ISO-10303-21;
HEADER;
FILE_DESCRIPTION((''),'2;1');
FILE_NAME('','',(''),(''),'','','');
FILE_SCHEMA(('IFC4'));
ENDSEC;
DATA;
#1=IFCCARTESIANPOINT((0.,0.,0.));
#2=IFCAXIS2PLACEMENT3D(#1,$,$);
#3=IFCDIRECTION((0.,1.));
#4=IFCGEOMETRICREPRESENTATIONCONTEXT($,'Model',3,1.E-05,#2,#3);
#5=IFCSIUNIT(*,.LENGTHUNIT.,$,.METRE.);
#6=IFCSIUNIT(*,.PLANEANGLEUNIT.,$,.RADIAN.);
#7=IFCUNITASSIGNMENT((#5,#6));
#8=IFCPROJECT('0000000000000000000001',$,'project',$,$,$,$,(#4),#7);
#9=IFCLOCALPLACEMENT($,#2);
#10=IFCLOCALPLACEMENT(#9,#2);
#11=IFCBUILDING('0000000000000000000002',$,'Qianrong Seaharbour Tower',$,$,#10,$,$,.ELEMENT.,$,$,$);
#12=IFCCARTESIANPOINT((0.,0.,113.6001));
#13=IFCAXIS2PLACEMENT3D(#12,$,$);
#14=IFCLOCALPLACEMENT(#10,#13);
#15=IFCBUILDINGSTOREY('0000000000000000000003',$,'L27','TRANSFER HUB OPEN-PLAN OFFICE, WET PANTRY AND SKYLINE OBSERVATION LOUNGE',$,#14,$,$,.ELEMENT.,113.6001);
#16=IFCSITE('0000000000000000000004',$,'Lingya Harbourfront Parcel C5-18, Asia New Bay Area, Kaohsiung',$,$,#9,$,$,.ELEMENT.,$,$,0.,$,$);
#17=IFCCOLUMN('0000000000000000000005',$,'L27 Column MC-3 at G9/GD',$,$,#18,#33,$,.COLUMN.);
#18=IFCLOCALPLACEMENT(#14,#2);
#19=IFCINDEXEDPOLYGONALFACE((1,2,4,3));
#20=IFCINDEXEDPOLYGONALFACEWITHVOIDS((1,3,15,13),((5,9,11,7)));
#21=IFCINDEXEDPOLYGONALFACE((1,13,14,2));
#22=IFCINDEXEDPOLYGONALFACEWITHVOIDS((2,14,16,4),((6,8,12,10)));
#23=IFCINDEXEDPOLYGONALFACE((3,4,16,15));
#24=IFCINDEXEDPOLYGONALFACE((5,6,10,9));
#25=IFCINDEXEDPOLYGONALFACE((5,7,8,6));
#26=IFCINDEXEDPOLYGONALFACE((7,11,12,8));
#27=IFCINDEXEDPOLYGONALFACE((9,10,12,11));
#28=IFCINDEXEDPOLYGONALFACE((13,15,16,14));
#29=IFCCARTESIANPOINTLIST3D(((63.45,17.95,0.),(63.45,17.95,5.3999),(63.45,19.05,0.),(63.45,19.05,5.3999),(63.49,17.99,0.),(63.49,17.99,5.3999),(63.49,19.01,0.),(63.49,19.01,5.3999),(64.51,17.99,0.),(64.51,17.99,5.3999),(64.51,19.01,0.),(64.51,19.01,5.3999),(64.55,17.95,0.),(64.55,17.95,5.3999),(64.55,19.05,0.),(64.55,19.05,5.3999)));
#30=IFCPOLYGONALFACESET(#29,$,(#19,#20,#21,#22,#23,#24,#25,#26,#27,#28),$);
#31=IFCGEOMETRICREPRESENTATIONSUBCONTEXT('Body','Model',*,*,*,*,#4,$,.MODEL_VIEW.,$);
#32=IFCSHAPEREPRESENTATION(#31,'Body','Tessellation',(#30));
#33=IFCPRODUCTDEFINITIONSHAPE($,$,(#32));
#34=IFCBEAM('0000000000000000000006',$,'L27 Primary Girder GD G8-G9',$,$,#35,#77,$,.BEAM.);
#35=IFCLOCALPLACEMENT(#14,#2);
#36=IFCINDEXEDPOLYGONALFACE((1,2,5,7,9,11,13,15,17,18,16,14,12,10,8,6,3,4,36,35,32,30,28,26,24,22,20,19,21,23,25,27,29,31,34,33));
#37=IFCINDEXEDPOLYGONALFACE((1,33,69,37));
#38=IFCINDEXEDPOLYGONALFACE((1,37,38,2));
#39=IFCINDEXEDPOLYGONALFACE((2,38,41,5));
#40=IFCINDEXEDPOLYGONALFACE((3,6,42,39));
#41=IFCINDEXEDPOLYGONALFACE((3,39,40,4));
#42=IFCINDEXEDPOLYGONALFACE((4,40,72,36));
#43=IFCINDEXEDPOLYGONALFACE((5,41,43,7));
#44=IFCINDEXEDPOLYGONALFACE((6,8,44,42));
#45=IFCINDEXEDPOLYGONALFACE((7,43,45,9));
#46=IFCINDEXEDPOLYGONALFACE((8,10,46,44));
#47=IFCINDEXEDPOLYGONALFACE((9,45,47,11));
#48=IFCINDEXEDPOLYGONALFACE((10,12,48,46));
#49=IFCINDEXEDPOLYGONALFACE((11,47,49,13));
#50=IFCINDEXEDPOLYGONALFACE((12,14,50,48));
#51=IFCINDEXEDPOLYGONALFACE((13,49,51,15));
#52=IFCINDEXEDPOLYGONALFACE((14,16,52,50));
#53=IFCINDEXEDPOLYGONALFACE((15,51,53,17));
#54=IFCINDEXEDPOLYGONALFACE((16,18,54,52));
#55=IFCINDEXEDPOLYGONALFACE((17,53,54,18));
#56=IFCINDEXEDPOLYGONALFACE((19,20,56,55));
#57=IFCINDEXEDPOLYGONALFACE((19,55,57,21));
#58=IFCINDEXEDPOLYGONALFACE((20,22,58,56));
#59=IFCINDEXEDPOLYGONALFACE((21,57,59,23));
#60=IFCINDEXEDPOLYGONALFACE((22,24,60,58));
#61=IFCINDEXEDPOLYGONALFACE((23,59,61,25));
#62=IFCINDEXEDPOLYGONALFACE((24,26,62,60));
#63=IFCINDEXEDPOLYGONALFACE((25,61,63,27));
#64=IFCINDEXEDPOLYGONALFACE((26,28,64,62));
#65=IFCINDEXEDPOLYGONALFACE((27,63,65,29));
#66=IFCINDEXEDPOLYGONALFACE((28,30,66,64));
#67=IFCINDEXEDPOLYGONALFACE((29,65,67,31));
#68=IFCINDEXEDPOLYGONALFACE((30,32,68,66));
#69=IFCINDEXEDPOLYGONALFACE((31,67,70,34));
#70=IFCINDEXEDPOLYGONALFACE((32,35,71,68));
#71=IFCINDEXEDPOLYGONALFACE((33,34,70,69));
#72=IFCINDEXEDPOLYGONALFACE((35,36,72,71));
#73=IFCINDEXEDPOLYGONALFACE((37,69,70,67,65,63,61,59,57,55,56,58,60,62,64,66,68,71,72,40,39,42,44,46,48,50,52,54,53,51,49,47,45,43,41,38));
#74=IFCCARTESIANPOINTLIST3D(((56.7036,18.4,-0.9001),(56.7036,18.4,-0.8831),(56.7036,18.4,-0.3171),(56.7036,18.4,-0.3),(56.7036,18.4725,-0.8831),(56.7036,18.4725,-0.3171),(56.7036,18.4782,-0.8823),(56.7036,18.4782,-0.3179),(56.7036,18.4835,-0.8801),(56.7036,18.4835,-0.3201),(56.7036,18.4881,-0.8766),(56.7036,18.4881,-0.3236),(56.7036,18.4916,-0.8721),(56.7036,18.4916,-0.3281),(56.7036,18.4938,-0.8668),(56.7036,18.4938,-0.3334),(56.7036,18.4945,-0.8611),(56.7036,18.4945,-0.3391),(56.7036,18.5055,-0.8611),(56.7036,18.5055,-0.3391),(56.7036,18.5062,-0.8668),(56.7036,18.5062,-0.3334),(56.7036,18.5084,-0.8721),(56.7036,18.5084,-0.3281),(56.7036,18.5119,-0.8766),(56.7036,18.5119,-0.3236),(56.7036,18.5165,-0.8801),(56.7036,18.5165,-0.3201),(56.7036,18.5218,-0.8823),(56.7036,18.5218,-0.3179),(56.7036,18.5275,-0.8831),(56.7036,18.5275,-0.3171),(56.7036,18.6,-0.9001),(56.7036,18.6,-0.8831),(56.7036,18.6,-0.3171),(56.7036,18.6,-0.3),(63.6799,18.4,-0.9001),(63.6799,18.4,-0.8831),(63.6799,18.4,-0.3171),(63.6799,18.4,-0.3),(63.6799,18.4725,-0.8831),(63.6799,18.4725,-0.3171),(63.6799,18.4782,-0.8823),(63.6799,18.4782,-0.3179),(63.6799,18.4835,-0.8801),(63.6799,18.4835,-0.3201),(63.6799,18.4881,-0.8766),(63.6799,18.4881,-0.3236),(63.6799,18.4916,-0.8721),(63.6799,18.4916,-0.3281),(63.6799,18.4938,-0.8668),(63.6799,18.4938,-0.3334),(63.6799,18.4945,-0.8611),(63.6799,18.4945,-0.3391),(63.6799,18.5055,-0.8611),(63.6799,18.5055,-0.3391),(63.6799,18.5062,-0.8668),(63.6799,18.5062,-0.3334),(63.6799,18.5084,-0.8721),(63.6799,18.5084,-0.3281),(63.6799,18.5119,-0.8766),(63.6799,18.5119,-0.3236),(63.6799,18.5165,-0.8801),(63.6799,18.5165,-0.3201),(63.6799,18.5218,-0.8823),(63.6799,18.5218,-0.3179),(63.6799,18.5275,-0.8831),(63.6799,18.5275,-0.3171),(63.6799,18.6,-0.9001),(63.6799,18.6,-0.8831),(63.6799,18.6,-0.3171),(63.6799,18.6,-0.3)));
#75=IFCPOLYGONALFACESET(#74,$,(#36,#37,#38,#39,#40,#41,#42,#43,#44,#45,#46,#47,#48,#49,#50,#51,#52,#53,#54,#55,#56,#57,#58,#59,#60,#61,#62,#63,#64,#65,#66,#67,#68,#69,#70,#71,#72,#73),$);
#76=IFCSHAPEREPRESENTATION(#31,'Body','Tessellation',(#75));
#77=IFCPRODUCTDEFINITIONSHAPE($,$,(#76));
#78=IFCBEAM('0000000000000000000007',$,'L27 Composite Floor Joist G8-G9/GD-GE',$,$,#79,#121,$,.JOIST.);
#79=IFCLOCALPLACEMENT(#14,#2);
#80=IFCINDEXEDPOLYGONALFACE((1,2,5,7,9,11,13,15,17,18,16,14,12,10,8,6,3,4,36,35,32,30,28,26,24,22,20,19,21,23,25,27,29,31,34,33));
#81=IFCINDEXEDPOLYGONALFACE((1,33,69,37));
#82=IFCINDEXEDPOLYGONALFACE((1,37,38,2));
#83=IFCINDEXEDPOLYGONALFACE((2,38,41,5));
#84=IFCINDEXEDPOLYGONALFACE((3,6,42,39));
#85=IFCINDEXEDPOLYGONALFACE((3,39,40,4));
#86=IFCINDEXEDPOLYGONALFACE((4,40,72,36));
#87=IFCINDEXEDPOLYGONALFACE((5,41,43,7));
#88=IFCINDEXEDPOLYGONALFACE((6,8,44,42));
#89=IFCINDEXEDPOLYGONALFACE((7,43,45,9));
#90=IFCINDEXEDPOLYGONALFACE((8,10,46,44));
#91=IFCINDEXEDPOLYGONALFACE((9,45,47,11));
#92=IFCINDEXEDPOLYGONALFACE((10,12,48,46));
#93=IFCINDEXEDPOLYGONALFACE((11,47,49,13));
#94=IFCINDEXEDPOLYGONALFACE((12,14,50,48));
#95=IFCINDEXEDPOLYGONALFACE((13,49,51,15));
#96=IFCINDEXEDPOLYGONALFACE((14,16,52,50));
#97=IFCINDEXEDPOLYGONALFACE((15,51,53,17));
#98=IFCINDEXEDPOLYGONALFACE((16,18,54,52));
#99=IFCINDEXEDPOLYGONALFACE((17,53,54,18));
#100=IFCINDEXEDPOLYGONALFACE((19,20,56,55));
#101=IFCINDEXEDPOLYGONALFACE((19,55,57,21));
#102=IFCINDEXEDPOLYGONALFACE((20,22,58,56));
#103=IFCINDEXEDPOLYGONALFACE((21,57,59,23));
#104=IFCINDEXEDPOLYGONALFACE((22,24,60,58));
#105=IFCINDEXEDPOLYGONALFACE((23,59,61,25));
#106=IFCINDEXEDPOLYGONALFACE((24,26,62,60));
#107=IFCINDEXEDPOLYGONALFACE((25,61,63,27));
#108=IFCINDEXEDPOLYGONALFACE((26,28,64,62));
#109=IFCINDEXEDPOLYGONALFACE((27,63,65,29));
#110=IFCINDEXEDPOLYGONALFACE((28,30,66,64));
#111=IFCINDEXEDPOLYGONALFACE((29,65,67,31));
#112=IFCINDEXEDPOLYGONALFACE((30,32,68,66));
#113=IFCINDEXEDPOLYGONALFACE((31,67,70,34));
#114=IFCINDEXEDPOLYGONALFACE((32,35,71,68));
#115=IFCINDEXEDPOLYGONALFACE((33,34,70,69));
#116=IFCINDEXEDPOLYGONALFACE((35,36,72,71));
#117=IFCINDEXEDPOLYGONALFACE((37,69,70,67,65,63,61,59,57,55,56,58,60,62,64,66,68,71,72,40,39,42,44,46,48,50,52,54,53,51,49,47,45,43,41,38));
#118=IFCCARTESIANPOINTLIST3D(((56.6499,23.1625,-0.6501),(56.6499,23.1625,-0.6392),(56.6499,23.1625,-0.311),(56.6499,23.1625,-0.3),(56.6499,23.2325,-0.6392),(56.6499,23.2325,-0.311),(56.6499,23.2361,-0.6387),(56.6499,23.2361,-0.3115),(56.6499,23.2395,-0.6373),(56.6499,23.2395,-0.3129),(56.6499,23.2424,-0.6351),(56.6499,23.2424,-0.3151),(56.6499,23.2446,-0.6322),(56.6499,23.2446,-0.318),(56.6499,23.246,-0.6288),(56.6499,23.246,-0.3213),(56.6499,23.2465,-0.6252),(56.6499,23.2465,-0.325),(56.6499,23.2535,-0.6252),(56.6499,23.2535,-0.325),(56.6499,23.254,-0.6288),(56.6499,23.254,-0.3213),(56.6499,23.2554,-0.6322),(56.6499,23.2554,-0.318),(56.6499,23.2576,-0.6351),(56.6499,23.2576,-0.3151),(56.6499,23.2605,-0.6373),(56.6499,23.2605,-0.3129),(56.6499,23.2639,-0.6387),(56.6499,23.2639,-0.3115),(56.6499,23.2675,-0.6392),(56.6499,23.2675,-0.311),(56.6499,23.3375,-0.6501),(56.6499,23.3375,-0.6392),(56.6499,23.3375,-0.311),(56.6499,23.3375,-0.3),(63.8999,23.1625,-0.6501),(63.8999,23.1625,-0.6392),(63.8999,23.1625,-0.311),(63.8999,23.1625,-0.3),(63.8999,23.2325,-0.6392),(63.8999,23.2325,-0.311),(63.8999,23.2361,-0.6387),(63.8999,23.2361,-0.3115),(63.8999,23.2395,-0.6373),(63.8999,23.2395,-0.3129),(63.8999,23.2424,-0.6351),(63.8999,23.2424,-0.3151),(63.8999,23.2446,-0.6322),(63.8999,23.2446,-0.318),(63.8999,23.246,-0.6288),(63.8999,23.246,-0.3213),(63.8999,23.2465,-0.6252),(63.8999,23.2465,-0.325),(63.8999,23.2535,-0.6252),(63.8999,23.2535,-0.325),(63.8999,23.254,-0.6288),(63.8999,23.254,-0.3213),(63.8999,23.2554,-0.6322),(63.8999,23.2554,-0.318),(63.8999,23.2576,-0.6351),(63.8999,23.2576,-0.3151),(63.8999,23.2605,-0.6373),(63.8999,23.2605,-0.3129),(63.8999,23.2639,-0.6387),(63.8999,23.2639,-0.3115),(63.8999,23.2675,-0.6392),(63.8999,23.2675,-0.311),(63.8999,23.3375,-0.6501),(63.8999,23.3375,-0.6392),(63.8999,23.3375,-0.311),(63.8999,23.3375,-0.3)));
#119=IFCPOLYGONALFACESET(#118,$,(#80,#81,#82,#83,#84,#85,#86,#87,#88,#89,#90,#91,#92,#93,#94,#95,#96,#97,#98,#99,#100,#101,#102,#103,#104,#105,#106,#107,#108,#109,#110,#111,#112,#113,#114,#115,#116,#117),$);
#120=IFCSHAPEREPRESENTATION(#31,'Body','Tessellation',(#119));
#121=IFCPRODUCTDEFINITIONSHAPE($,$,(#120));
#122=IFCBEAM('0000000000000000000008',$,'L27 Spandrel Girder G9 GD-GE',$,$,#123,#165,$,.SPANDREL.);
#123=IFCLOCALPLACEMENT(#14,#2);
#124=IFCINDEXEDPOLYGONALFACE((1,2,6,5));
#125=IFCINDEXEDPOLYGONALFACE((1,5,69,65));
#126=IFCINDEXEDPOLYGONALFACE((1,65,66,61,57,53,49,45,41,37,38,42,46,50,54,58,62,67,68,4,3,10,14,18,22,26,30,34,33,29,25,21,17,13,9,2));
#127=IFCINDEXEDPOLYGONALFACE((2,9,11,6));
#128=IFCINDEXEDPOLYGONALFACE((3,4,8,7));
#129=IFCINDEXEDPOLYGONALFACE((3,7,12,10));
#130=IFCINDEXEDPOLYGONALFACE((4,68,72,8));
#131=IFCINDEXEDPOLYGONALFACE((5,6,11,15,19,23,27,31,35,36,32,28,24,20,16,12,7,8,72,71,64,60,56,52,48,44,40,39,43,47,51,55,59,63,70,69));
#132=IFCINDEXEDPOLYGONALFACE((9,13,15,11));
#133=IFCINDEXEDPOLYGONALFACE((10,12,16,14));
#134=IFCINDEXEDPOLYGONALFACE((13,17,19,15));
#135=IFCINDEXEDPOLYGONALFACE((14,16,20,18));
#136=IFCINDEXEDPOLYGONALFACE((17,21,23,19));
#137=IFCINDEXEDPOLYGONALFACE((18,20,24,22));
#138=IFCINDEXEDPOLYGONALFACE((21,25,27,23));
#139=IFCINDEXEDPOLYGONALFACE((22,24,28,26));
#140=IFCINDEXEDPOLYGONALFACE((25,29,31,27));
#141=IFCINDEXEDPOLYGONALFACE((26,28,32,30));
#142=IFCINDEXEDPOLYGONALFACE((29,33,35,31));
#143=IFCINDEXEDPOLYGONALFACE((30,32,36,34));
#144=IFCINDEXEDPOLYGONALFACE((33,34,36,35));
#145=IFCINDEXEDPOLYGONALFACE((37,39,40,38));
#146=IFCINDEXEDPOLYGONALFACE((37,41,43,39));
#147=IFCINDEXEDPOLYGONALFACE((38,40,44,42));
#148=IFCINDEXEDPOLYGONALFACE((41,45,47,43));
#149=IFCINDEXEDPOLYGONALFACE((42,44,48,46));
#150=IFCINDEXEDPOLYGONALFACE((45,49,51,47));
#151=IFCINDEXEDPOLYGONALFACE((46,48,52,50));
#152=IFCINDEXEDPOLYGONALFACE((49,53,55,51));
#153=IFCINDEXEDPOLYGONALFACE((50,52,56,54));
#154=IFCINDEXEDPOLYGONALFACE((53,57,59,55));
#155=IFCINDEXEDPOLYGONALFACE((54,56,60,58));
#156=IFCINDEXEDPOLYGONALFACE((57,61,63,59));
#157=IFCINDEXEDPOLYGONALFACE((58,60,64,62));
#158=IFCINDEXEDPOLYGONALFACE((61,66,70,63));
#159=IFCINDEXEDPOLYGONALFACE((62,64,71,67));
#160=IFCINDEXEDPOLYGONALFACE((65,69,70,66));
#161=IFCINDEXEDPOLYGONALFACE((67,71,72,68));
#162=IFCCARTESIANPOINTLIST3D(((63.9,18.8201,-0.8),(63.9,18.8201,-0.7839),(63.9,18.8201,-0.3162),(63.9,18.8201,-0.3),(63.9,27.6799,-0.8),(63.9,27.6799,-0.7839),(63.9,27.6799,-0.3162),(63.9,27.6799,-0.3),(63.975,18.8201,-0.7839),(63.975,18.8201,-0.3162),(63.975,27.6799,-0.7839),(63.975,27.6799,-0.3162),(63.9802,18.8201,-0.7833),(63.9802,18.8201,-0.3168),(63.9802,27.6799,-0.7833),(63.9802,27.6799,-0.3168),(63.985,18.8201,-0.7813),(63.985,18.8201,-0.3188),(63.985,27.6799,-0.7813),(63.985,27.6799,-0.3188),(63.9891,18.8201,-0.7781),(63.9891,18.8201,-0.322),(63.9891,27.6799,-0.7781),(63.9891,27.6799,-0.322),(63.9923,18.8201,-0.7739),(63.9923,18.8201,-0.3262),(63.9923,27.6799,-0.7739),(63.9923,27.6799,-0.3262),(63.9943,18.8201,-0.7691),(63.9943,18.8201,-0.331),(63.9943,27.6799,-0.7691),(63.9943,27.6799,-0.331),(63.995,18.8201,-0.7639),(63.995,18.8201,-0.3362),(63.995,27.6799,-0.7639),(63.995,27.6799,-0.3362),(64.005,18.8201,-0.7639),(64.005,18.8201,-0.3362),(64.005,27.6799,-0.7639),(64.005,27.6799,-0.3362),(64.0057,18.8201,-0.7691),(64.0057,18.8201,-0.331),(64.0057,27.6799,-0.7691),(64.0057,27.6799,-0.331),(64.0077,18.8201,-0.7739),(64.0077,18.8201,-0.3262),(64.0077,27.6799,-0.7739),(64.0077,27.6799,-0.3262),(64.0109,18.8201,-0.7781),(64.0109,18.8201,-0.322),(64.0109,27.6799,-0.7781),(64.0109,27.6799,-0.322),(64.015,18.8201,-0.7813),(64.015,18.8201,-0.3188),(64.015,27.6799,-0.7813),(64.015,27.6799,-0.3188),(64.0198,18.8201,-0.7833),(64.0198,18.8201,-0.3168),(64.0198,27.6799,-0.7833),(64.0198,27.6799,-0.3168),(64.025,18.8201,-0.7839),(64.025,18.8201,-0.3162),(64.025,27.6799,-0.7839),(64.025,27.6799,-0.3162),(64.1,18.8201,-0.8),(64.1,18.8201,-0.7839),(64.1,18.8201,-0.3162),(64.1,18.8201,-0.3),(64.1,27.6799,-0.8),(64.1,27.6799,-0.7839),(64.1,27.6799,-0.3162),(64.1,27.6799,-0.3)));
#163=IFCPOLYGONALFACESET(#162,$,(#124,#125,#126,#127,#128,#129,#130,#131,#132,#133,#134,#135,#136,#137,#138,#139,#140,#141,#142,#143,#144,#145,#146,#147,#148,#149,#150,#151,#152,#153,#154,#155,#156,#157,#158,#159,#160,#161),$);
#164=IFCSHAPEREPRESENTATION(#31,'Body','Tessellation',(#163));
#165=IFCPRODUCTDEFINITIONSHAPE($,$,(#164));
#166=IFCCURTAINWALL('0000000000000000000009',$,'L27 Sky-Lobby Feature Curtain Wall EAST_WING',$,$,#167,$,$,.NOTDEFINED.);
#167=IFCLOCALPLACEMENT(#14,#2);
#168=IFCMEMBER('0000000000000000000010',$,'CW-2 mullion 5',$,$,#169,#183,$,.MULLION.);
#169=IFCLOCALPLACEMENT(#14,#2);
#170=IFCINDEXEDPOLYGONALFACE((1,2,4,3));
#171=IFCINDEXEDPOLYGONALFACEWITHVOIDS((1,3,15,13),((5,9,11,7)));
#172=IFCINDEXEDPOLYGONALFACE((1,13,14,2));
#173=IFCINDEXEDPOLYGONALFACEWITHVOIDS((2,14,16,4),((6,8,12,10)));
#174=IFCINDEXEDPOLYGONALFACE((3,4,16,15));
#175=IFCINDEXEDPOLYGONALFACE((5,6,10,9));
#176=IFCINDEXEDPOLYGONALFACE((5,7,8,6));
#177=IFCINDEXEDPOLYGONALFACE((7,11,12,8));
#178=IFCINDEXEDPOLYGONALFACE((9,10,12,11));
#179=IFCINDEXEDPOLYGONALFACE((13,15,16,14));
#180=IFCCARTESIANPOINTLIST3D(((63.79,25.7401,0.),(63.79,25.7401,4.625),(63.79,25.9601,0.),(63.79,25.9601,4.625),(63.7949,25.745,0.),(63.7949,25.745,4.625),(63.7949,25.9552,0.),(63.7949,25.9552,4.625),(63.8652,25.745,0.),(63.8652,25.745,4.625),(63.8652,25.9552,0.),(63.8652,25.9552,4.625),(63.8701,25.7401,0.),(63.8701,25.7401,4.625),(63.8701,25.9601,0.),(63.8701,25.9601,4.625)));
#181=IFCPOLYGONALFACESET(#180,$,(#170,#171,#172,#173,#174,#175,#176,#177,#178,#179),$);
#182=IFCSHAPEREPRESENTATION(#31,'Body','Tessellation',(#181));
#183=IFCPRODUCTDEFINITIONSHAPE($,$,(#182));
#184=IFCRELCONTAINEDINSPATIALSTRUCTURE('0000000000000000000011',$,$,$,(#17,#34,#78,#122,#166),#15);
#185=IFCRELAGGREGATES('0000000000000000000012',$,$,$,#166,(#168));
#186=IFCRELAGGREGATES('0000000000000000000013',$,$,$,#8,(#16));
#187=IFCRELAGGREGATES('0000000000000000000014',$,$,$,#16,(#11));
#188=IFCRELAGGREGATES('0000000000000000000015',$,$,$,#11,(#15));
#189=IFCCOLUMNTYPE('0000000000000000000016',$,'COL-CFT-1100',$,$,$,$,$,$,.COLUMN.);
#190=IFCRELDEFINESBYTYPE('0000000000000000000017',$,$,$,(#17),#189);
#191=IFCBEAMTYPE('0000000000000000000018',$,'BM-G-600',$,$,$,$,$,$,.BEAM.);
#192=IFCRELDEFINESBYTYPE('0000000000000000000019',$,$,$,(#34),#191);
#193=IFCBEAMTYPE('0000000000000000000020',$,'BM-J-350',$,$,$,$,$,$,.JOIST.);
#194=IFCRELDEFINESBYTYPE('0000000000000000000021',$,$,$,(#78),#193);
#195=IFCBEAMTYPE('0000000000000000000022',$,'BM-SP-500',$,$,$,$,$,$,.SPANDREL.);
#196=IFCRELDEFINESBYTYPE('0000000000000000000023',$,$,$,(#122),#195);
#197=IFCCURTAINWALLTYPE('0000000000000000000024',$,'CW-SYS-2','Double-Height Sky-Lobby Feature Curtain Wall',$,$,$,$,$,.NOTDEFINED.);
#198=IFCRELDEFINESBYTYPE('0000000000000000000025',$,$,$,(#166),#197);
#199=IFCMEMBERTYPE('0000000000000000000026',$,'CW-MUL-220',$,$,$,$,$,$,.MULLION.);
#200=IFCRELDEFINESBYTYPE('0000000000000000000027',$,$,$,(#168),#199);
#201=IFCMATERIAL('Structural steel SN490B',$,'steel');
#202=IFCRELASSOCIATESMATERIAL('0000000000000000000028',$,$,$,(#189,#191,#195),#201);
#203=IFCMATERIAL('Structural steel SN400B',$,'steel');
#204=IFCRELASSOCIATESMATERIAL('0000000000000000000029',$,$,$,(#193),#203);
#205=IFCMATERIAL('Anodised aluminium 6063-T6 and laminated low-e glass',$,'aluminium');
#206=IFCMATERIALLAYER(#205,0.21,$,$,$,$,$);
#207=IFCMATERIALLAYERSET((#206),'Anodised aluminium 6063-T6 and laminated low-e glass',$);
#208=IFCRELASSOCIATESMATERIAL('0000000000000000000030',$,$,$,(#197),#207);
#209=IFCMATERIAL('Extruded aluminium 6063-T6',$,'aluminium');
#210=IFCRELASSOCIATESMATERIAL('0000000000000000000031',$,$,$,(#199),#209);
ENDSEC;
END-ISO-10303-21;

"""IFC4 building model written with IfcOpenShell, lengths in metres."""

from ifc_helpers import new_model, si_unit, direction, frame, origin, origin_2d, place, context, subcontext, project, spatial, hollow_rectangle, i_section, extrude, material, layer, layer_set, material_profile, profile_set, type_object, element, aggregate, save


model = new_model("IFC4")

# Units and contexts
model_context = context("Model", 3, precision=1e-05, world=origin(), true_north=direction((0.0, 1.0)))
body_context = subcontext(model_context, "Body", "Model", "MODEL_VIEW")
ifc_project = project(units=[si_unit("LENGTHUNIT", "METRE"), si_unit("PLANEANGLEUNIT", "RADIAN")], contexts=[model_context])

# Site, building, storey
site_placement = place(None, origin())
site = spatial("IfcSite", under=ifc_project, at=site_placement, Name="Lingya Harbourfront Parcel C5-18, Asia New Bay Area, Kaohsiung", CompositionType="ELEMENT", RefElevation=0.0)
building_placement = place(site_placement, origin())
building = spatial("IfcBuilding", under=site, at=building_placement, Name="Qianrong Seaharbour Tower", CompositionType="ELEMENT")
storey_placement = place(building_placement, frame((0.0, 0.0, 113.6001)))
storey = spatial("IfcBuildingStorey", under=building, at=storey_placement, Name="L27", Description="TRANSFER HUB OPEN-PLAN OFFICE, WET PANTRY AND SKYLINE OBSERVATION LOUNGE", CompositionType="ELEMENT", Elevation=113.6001)

# Column
ifc_material_1 = material(Name="Structural steel SN490B", Category="steel")
ifc_material_profile_1 = material_profile(ifc_material_1, hollow_rectangle(XDim=1.1001, YDim=1.1001, WallThickness=0.04, at=origin_2d()), Name="BOX1100x1100x40")
ifc_profile_set_1 = profile_set([ifc_material_profile_1], Name="Structural steel SN490B")
column_type = type_object("IfcColumnType", Name="COL-CFT-1100", PredefinedType="COLUMN", material=ifc_profile_set_1)
column_placement = place(storey_placement, frame((64.0, 18.5, 0.0), z_axis=(0.0, 0.0, 1.0), x_axis=(1.0, 0.0, 0.0)))
element("IfcColumn", 1, at=column_placement, inside=storey, type_object=column_type, Name="L27 Column MC-3 at G9/GD", PredefinedType="COLUMN", context=body_context, shape_type="SweptSolid", body=[
    extrude(hollow_rectangle(XDim=1.1001, YDim=1.1001, WallThickness=0.04, at=origin_2d()), origin(), (0.0, 0.0, 1.0), 5.3999),
])

# Beams
ifc_material_profile_2 = material_profile(ifc_material_1, i_section(OverallWidth=0.2, OverallDepth=0.6001, WebThickness=0.011, FlangeThickness=0.0171, FilletRadius=0.022, at=origin_2d()), Name="H600x200x11x17")
ifc_profile_set_2 = profile_set([ifc_material_profile_2], Name="Structural steel SN490B")
beam_type_1 = type_object("IfcBeamType", Name="BM-G-600", PredefinedType="BEAM", material=ifc_profile_set_2)
beam_1_placement = place(storey_placement, frame((56.7036, 18.5, -0.6001), z_axis=(1.0, 0.0, 0.0), x_axis=(0.0, 1.0, 0.0)))
element("IfcBeam", 2, at=beam_1_placement, inside=storey, type_object=beam_type_1, Name="L27 Primary Girder GD G8-G9", PredefinedType="BEAM", context=body_context, shape_type="SweptSolid", body=[
    extrude(i_section(OverallWidth=0.2, OverallDepth=0.6001, WebThickness=0.011, FlangeThickness=0.0171, FilletRadius=0.022, at=origin_2d()), origin(), (0.0, 0.0, 1.0), 6.9763),
])
ifc_material_2 = material(Name="Structural steel SN400B", Category="steel")
ifc_material_profile_3 = material_profile(ifc_material_2, i_section(OverallWidth=0.175, OverallDepth=0.3501, WebThickness=0.0071, FlangeThickness=0.011, FilletRadius=0.0139, at=origin_2d()), Name="H350x175x7x11")
ifc_profile_set_3 = profile_set([ifc_material_profile_3], Name="Structural steel SN400B")
beam_type_2 = type_object("IfcBeamType", Name="BM-J-350", PredefinedType="JOIST", material=ifc_profile_set_3)
beam_2_placement = place(storey_placement, frame((56.6499, 23.25, -0.4751), z_axis=(1.0, 0.0, 0.0), x_axis=(0.0, 1.0, 0.0)))
element("IfcBeam", 3, at=beam_2_placement, inside=storey, type_object=beam_type_2, Name="L27 Composite Floor Joist G8-G9/GD-GE", PredefinedType="JOIST", context=body_context, shape_type="SweptSolid", body=[
    extrude(i_section(OverallWidth=0.175, OverallDepth=0.3501, WebThickness=0.0071, FlangeThickness=0.011, FilletRadius=0.0139, at=origin_2d()), origin(), (0.0, 0.0, 1.0), 7.25),
])
ifc_material_profile_4 = material_profile(ifc_material_1, i_section(OverallWidth=0.2, OverallDepth=0.5, WebThickness=0.01, FlangeThickness=0.0161, FilletRadius=0.02, at=origin_2d()), Name="H500x200x10x16")
ifc_profile_set_4 = profile_set([ifc_material_profile_4], Name="Structural steel SN490B")
beam_type_3 = type_object("IfcBeamType", Name="BM-SP-500", PredefinedType="SPANDREL", material=ifc_profile_set_4)
beam_3_placement = place(storey_placement, frame((64.0, 18.8201, -0.55), z_axis=(0.0, 1.0, 0.0), x_axis=(-1.0, 0.0, 0.0)))
element("IfcBeam", 4, at=beam_3_placement, inside=storey, type_object=beam_type_3, Name="L27 Spandrel Girder G9 GD-GE", PredefinedType="SPANDREL", context=body_context, shape_type="SweptSolid", body=[
    extrude(i_section(OverallWidth=0.2, OverallDepth=0.5, WebThickness=0.01, FlangeThickness=0.0161, FilletRadius=0.02, at=origin_2d()), origin(), (0.0, 0.0, 1.0), 8.8599),
])

# Curtain wall, member
ifc_material_3 = material(Name="Anodised aluminium 6063-T6 and laminated low-e glass", Category="aluminium")
ifc_layer_1 = layer(ifc_material_3, 0.21)
ifc_layer_set_1 = layer_set([ifc_layer_1], Name="Anodised aluminium 6063-T6 and laminated low-e glass")
curtain_wall_type = type_object("IfcCurtainWallType", Name="CW-SYS-2", Description="Double-Height Sky-Lobby Feature Curtain Wall", PredefinedType="NOTDEFINED", material=ifc_layer_set_1)
curtain_wall_placement = place(storey_placement, origin())
curtain_wall = element("IfcCurtainWall", 5, at=curtain_wall_placement, inside=storey, type_object=curtain_wall_type, Name="L27 Sky-Lobby Feature Curtain Wall EAST_WING", PredefinedType="NOTDEFINED")
ifc_material_4 = material(Name="Extruded aluminium 6063-T6", Category="aluminium")
ifc_material_profile_5 = material_profile(ifc_material_4, hollow_rectangle(XDim=0.0801, YDim=0.22, WallThickness=0.0049, at=origin_2d()), Name="ALU-MUL-220x80x5")
ifc_profile_set_5 = profile_set([ifc_material_profile_5], Name="Extruded aluminium 6063-T6")
member_type_1 = type_object("IfcMemberType", Name="CW-MUL-220", PredefinedType="MULLION", material=ifc_profile_set_5)
member_1_placement = place(storey_placement, frame((63.8301, 25.8501, 0.0), z_axis=(0.0, 0.0, 1.0), x_axis=(1.0, 0.0, 0.0)))
member_1 = element("IfcMember", 6, at=member_1_placement, type_object=member_type_1, Name="CW-2 mullion 5", PredefinedType="MULLION", context=body_context, shape_type="SweptSolid", body=[
    extrude(hollow_rectangle(XDim=0.0801, YDim=0.22, WallThickness=0.0049, at=origin_2d()), origin(), (0.0, 0.0, 1.0), 4.625),
])
aggregate(curtain_wall, [member_1])

save(model, "model.ifc")
